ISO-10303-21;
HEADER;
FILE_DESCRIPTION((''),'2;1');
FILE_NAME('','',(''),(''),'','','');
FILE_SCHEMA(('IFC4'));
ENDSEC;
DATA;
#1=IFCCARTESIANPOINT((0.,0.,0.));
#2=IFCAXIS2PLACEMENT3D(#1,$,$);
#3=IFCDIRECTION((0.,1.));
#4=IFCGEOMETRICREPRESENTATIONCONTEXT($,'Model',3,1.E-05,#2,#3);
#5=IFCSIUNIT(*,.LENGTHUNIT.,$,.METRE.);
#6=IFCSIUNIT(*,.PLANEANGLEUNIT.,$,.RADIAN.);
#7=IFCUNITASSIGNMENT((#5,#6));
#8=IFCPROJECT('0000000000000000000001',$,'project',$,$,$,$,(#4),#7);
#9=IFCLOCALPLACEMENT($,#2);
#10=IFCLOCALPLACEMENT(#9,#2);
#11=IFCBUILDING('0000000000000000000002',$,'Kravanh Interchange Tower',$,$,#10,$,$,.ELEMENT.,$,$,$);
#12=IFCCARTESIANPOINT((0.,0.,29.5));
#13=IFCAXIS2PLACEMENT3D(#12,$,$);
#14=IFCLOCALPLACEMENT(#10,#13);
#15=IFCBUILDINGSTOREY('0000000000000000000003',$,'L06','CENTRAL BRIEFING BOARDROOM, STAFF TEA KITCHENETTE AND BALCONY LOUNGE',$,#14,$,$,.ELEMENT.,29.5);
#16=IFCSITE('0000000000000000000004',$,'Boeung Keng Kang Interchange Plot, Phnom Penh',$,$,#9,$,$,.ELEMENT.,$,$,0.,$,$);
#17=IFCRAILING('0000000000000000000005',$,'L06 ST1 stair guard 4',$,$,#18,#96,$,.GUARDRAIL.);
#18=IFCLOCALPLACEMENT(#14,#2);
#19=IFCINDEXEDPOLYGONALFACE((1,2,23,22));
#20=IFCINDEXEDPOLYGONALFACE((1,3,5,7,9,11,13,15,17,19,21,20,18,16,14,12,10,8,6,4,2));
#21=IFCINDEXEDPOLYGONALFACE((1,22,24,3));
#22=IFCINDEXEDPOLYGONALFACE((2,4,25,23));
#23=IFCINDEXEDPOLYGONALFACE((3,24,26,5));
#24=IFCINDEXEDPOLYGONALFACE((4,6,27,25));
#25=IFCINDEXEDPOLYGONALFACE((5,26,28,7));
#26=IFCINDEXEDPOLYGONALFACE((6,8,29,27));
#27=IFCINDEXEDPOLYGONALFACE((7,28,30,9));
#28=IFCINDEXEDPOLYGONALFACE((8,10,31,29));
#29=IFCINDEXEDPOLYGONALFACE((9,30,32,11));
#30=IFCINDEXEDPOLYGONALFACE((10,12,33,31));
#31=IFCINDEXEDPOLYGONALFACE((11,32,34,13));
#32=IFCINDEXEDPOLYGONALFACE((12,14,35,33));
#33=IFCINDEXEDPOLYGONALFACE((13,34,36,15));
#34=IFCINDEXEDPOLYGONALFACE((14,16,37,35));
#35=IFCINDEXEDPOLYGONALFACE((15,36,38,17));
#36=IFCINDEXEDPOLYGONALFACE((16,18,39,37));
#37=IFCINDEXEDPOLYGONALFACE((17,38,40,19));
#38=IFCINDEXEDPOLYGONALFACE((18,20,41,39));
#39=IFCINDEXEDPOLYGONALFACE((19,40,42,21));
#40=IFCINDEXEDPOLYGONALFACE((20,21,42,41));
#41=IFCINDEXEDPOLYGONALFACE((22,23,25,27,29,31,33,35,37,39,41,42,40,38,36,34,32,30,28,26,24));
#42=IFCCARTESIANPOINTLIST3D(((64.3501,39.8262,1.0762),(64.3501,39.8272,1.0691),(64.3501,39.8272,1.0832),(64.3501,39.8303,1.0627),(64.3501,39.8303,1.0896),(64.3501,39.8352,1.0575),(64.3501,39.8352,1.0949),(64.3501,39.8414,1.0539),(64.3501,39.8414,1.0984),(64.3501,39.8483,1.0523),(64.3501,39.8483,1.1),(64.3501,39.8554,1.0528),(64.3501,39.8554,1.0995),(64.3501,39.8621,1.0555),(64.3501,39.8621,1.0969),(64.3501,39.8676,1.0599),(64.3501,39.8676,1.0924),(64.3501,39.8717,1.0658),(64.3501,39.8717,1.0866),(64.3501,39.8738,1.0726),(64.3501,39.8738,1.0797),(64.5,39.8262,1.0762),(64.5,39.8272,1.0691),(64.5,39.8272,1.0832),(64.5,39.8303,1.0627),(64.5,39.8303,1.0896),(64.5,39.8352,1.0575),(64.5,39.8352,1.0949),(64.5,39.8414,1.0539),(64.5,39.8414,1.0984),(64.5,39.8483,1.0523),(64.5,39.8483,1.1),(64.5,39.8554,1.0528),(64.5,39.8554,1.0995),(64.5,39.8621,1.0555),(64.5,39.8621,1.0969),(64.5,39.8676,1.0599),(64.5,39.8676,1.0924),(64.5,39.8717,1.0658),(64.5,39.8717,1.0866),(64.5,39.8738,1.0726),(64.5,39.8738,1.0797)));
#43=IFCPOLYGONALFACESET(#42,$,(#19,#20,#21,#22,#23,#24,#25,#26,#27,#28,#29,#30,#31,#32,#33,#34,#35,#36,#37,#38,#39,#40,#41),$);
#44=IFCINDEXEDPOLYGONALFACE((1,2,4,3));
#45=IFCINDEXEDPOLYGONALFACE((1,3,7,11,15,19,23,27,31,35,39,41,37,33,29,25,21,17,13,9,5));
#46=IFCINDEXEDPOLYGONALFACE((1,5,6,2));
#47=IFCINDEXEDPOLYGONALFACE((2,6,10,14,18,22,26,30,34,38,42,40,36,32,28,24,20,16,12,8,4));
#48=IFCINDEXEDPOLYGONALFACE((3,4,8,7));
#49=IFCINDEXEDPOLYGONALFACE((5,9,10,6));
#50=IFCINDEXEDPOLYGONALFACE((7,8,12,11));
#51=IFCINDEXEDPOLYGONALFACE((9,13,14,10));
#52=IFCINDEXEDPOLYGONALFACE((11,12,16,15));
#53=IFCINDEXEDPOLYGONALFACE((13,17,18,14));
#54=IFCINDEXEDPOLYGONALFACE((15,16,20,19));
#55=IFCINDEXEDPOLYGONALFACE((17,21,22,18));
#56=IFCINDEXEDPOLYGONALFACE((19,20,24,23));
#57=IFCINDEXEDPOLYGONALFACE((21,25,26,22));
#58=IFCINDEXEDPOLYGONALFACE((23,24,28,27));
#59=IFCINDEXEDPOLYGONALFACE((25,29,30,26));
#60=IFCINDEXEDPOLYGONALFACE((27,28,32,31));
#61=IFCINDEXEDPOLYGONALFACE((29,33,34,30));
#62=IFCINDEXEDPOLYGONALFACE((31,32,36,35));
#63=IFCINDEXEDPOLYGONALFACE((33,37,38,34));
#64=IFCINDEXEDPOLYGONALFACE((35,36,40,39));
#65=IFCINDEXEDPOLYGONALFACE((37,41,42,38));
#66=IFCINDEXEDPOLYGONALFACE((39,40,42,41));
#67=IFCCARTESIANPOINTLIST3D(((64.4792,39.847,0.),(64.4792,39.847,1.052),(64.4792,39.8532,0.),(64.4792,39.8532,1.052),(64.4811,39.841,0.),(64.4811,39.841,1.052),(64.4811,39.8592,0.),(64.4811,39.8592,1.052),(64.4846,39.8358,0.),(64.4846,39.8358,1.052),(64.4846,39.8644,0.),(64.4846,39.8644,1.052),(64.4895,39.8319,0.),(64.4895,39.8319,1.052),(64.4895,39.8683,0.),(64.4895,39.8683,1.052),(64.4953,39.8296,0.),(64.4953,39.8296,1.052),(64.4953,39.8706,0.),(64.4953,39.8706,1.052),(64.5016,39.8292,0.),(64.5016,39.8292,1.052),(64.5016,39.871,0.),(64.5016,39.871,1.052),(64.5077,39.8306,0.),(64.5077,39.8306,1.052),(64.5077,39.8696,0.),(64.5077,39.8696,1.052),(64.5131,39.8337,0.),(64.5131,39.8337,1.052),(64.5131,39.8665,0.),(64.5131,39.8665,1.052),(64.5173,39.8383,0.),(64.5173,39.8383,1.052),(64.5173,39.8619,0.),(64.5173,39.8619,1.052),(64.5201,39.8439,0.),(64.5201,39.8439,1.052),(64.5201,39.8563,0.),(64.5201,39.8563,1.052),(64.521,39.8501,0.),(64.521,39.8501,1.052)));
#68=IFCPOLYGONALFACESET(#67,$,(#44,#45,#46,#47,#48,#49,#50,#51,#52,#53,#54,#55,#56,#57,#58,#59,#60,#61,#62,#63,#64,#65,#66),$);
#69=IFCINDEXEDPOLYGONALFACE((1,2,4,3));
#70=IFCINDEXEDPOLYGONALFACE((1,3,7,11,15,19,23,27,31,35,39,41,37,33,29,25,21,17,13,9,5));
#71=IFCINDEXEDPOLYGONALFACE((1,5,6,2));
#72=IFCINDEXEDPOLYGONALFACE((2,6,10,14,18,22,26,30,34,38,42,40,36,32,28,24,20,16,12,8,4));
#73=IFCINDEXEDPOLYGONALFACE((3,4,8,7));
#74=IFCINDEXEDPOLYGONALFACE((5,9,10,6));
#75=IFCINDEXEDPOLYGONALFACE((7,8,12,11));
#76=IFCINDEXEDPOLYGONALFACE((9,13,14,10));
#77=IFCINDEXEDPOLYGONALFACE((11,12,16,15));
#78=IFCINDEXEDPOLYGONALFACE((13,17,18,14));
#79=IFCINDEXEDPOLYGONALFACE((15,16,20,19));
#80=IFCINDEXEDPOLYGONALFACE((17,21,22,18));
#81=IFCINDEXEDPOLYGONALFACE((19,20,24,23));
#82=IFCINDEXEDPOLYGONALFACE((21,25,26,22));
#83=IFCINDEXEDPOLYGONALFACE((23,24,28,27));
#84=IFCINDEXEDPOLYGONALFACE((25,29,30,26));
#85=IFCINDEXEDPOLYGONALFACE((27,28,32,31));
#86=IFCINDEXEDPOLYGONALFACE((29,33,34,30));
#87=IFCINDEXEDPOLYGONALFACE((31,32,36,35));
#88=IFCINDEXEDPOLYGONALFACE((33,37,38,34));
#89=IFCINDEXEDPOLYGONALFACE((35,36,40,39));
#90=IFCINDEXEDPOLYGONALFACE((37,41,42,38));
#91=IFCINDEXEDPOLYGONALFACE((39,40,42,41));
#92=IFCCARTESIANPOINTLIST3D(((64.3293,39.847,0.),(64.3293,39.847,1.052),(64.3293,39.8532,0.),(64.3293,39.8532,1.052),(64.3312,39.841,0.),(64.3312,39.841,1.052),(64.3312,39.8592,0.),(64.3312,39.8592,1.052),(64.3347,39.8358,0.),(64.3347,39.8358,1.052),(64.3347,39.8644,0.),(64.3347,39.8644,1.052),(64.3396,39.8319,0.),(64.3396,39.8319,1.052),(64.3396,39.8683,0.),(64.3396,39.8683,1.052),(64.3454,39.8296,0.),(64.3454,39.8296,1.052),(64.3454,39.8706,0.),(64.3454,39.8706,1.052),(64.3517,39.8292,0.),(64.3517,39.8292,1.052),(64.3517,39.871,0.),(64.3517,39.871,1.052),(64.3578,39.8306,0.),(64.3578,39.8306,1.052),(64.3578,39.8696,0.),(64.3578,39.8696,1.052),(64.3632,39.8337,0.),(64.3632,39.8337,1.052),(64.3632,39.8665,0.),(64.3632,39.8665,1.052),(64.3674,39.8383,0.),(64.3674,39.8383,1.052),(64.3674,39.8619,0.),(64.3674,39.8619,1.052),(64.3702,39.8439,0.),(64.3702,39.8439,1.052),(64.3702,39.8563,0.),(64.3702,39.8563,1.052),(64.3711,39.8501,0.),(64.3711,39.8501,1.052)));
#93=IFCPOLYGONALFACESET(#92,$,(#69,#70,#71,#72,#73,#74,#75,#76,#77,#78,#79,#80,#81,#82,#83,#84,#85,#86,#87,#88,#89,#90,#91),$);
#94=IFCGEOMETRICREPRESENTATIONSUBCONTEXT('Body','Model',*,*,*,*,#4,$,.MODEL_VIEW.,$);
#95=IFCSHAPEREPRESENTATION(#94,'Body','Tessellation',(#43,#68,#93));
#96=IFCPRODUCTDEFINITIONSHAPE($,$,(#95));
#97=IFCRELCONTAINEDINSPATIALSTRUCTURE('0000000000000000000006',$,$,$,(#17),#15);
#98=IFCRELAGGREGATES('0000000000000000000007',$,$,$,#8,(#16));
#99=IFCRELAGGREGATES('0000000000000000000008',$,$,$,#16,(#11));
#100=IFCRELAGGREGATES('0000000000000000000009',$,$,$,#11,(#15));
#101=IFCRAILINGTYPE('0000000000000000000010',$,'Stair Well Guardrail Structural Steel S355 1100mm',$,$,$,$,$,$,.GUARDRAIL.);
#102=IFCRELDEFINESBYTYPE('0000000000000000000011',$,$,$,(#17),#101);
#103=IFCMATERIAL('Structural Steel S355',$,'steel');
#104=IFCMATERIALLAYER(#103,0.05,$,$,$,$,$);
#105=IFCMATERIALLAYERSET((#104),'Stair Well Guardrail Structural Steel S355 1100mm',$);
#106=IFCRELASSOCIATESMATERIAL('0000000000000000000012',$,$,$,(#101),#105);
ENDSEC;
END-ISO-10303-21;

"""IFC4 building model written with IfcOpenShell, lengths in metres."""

from ifc_helpers import new_model, si_unit, direction, frame, origin, origin_2d, place, context, subcontext, project, spatial, circle, extrude, material, layer, layer_set, type_object, element, save


model = new_model("IFC4")

# Units and contexts
model_context = context("Model", 3, precision=1e-05, world=origin(), true_north=direction((0.0, 1.0)))
body_context = subcontext(model_context, "Body", "Model", "MODEL_VIEW")
ifc_project = project(units=[si_unit("LENGTHUNIT", "METRE"), si_unit("PLANEANGLEUNIT", "RADIAN")], contexts=[model_context])

# Site, building, storey
site_placement = place(None, origin())
site = spatial("IfcSite", under=ifc_project, at=site_placement, Name="Boeung Keng Kang Interchange Plot, Phnom Penh", CompositionType="ELEMENT", RefElevation=0.0)
building_placement = place(site_placement, origin())
building = spatial("IfcBuilding", under=site, at=building_placement, Name="Kravanh Interchange Tower", CompositionType="ELEMENT")
storey_placement = place(building_placement, frame((0.0, 0.0, 29.5)))
storey = spatial("IfcBuildingStorey", under=building, at=storey_placement, Name="L06", Description="CENTRAL BRIEFING BOARDROOM, STAFF TEA KITCHENETTE AND BALCONY LOUNGE", CompositionType="ELEMENT", Elevation=29.5)

# Railing
ifc_material_1 = material(Name="Structural Steel S355", Category="steel")
ifc_layer_1 = layer(ifc_material_1, 0.05)
ifc_layer_set_1 = layer_set([ifc_layer_1], Name="Stair Well Guardrail Structural Steel S355 1100mm")
railing_type_1 = type_object("IfcRailingType", Name="Stair Well Guardrail Structural Steel S355 1100mm", PredefinedType="GUARDRAIL", material=ifc_layer_set_1)
railing_1_placement = place(storey_placement, frame((64.5, 39.8501, 0.0)))
element("IfcRailing", 1, at=railing_1_placement, inside=storey, type_object=railing_type_1, Name="L06 ST1 stair guard 4", PredefinedType="GUARDRAIL", context=body_context, shape_type="SweptSolid", body=[
    extrude(circle(Radius=0.0239, at=origin_2d()), frame((0.0, 0.0, 1.0762), z_axis=(-1.0, 0.0, 0.0), x_axis=(0.0, -1.0, 0.0)), (0.0, 0.0, 1.0), 0.1499),
    extrude(circle(Radius=0.021, at=origin_2d()), origin(), (0.0, 0.0, 1.0), 1.052),
    extrude(circle(Radius=0.021, at=origin_2d()), frame((-0.1499, 0.0, 0.0)), (0.0, 0.0, 1.0), 1.052),
])

save(model, "model.ifc")
